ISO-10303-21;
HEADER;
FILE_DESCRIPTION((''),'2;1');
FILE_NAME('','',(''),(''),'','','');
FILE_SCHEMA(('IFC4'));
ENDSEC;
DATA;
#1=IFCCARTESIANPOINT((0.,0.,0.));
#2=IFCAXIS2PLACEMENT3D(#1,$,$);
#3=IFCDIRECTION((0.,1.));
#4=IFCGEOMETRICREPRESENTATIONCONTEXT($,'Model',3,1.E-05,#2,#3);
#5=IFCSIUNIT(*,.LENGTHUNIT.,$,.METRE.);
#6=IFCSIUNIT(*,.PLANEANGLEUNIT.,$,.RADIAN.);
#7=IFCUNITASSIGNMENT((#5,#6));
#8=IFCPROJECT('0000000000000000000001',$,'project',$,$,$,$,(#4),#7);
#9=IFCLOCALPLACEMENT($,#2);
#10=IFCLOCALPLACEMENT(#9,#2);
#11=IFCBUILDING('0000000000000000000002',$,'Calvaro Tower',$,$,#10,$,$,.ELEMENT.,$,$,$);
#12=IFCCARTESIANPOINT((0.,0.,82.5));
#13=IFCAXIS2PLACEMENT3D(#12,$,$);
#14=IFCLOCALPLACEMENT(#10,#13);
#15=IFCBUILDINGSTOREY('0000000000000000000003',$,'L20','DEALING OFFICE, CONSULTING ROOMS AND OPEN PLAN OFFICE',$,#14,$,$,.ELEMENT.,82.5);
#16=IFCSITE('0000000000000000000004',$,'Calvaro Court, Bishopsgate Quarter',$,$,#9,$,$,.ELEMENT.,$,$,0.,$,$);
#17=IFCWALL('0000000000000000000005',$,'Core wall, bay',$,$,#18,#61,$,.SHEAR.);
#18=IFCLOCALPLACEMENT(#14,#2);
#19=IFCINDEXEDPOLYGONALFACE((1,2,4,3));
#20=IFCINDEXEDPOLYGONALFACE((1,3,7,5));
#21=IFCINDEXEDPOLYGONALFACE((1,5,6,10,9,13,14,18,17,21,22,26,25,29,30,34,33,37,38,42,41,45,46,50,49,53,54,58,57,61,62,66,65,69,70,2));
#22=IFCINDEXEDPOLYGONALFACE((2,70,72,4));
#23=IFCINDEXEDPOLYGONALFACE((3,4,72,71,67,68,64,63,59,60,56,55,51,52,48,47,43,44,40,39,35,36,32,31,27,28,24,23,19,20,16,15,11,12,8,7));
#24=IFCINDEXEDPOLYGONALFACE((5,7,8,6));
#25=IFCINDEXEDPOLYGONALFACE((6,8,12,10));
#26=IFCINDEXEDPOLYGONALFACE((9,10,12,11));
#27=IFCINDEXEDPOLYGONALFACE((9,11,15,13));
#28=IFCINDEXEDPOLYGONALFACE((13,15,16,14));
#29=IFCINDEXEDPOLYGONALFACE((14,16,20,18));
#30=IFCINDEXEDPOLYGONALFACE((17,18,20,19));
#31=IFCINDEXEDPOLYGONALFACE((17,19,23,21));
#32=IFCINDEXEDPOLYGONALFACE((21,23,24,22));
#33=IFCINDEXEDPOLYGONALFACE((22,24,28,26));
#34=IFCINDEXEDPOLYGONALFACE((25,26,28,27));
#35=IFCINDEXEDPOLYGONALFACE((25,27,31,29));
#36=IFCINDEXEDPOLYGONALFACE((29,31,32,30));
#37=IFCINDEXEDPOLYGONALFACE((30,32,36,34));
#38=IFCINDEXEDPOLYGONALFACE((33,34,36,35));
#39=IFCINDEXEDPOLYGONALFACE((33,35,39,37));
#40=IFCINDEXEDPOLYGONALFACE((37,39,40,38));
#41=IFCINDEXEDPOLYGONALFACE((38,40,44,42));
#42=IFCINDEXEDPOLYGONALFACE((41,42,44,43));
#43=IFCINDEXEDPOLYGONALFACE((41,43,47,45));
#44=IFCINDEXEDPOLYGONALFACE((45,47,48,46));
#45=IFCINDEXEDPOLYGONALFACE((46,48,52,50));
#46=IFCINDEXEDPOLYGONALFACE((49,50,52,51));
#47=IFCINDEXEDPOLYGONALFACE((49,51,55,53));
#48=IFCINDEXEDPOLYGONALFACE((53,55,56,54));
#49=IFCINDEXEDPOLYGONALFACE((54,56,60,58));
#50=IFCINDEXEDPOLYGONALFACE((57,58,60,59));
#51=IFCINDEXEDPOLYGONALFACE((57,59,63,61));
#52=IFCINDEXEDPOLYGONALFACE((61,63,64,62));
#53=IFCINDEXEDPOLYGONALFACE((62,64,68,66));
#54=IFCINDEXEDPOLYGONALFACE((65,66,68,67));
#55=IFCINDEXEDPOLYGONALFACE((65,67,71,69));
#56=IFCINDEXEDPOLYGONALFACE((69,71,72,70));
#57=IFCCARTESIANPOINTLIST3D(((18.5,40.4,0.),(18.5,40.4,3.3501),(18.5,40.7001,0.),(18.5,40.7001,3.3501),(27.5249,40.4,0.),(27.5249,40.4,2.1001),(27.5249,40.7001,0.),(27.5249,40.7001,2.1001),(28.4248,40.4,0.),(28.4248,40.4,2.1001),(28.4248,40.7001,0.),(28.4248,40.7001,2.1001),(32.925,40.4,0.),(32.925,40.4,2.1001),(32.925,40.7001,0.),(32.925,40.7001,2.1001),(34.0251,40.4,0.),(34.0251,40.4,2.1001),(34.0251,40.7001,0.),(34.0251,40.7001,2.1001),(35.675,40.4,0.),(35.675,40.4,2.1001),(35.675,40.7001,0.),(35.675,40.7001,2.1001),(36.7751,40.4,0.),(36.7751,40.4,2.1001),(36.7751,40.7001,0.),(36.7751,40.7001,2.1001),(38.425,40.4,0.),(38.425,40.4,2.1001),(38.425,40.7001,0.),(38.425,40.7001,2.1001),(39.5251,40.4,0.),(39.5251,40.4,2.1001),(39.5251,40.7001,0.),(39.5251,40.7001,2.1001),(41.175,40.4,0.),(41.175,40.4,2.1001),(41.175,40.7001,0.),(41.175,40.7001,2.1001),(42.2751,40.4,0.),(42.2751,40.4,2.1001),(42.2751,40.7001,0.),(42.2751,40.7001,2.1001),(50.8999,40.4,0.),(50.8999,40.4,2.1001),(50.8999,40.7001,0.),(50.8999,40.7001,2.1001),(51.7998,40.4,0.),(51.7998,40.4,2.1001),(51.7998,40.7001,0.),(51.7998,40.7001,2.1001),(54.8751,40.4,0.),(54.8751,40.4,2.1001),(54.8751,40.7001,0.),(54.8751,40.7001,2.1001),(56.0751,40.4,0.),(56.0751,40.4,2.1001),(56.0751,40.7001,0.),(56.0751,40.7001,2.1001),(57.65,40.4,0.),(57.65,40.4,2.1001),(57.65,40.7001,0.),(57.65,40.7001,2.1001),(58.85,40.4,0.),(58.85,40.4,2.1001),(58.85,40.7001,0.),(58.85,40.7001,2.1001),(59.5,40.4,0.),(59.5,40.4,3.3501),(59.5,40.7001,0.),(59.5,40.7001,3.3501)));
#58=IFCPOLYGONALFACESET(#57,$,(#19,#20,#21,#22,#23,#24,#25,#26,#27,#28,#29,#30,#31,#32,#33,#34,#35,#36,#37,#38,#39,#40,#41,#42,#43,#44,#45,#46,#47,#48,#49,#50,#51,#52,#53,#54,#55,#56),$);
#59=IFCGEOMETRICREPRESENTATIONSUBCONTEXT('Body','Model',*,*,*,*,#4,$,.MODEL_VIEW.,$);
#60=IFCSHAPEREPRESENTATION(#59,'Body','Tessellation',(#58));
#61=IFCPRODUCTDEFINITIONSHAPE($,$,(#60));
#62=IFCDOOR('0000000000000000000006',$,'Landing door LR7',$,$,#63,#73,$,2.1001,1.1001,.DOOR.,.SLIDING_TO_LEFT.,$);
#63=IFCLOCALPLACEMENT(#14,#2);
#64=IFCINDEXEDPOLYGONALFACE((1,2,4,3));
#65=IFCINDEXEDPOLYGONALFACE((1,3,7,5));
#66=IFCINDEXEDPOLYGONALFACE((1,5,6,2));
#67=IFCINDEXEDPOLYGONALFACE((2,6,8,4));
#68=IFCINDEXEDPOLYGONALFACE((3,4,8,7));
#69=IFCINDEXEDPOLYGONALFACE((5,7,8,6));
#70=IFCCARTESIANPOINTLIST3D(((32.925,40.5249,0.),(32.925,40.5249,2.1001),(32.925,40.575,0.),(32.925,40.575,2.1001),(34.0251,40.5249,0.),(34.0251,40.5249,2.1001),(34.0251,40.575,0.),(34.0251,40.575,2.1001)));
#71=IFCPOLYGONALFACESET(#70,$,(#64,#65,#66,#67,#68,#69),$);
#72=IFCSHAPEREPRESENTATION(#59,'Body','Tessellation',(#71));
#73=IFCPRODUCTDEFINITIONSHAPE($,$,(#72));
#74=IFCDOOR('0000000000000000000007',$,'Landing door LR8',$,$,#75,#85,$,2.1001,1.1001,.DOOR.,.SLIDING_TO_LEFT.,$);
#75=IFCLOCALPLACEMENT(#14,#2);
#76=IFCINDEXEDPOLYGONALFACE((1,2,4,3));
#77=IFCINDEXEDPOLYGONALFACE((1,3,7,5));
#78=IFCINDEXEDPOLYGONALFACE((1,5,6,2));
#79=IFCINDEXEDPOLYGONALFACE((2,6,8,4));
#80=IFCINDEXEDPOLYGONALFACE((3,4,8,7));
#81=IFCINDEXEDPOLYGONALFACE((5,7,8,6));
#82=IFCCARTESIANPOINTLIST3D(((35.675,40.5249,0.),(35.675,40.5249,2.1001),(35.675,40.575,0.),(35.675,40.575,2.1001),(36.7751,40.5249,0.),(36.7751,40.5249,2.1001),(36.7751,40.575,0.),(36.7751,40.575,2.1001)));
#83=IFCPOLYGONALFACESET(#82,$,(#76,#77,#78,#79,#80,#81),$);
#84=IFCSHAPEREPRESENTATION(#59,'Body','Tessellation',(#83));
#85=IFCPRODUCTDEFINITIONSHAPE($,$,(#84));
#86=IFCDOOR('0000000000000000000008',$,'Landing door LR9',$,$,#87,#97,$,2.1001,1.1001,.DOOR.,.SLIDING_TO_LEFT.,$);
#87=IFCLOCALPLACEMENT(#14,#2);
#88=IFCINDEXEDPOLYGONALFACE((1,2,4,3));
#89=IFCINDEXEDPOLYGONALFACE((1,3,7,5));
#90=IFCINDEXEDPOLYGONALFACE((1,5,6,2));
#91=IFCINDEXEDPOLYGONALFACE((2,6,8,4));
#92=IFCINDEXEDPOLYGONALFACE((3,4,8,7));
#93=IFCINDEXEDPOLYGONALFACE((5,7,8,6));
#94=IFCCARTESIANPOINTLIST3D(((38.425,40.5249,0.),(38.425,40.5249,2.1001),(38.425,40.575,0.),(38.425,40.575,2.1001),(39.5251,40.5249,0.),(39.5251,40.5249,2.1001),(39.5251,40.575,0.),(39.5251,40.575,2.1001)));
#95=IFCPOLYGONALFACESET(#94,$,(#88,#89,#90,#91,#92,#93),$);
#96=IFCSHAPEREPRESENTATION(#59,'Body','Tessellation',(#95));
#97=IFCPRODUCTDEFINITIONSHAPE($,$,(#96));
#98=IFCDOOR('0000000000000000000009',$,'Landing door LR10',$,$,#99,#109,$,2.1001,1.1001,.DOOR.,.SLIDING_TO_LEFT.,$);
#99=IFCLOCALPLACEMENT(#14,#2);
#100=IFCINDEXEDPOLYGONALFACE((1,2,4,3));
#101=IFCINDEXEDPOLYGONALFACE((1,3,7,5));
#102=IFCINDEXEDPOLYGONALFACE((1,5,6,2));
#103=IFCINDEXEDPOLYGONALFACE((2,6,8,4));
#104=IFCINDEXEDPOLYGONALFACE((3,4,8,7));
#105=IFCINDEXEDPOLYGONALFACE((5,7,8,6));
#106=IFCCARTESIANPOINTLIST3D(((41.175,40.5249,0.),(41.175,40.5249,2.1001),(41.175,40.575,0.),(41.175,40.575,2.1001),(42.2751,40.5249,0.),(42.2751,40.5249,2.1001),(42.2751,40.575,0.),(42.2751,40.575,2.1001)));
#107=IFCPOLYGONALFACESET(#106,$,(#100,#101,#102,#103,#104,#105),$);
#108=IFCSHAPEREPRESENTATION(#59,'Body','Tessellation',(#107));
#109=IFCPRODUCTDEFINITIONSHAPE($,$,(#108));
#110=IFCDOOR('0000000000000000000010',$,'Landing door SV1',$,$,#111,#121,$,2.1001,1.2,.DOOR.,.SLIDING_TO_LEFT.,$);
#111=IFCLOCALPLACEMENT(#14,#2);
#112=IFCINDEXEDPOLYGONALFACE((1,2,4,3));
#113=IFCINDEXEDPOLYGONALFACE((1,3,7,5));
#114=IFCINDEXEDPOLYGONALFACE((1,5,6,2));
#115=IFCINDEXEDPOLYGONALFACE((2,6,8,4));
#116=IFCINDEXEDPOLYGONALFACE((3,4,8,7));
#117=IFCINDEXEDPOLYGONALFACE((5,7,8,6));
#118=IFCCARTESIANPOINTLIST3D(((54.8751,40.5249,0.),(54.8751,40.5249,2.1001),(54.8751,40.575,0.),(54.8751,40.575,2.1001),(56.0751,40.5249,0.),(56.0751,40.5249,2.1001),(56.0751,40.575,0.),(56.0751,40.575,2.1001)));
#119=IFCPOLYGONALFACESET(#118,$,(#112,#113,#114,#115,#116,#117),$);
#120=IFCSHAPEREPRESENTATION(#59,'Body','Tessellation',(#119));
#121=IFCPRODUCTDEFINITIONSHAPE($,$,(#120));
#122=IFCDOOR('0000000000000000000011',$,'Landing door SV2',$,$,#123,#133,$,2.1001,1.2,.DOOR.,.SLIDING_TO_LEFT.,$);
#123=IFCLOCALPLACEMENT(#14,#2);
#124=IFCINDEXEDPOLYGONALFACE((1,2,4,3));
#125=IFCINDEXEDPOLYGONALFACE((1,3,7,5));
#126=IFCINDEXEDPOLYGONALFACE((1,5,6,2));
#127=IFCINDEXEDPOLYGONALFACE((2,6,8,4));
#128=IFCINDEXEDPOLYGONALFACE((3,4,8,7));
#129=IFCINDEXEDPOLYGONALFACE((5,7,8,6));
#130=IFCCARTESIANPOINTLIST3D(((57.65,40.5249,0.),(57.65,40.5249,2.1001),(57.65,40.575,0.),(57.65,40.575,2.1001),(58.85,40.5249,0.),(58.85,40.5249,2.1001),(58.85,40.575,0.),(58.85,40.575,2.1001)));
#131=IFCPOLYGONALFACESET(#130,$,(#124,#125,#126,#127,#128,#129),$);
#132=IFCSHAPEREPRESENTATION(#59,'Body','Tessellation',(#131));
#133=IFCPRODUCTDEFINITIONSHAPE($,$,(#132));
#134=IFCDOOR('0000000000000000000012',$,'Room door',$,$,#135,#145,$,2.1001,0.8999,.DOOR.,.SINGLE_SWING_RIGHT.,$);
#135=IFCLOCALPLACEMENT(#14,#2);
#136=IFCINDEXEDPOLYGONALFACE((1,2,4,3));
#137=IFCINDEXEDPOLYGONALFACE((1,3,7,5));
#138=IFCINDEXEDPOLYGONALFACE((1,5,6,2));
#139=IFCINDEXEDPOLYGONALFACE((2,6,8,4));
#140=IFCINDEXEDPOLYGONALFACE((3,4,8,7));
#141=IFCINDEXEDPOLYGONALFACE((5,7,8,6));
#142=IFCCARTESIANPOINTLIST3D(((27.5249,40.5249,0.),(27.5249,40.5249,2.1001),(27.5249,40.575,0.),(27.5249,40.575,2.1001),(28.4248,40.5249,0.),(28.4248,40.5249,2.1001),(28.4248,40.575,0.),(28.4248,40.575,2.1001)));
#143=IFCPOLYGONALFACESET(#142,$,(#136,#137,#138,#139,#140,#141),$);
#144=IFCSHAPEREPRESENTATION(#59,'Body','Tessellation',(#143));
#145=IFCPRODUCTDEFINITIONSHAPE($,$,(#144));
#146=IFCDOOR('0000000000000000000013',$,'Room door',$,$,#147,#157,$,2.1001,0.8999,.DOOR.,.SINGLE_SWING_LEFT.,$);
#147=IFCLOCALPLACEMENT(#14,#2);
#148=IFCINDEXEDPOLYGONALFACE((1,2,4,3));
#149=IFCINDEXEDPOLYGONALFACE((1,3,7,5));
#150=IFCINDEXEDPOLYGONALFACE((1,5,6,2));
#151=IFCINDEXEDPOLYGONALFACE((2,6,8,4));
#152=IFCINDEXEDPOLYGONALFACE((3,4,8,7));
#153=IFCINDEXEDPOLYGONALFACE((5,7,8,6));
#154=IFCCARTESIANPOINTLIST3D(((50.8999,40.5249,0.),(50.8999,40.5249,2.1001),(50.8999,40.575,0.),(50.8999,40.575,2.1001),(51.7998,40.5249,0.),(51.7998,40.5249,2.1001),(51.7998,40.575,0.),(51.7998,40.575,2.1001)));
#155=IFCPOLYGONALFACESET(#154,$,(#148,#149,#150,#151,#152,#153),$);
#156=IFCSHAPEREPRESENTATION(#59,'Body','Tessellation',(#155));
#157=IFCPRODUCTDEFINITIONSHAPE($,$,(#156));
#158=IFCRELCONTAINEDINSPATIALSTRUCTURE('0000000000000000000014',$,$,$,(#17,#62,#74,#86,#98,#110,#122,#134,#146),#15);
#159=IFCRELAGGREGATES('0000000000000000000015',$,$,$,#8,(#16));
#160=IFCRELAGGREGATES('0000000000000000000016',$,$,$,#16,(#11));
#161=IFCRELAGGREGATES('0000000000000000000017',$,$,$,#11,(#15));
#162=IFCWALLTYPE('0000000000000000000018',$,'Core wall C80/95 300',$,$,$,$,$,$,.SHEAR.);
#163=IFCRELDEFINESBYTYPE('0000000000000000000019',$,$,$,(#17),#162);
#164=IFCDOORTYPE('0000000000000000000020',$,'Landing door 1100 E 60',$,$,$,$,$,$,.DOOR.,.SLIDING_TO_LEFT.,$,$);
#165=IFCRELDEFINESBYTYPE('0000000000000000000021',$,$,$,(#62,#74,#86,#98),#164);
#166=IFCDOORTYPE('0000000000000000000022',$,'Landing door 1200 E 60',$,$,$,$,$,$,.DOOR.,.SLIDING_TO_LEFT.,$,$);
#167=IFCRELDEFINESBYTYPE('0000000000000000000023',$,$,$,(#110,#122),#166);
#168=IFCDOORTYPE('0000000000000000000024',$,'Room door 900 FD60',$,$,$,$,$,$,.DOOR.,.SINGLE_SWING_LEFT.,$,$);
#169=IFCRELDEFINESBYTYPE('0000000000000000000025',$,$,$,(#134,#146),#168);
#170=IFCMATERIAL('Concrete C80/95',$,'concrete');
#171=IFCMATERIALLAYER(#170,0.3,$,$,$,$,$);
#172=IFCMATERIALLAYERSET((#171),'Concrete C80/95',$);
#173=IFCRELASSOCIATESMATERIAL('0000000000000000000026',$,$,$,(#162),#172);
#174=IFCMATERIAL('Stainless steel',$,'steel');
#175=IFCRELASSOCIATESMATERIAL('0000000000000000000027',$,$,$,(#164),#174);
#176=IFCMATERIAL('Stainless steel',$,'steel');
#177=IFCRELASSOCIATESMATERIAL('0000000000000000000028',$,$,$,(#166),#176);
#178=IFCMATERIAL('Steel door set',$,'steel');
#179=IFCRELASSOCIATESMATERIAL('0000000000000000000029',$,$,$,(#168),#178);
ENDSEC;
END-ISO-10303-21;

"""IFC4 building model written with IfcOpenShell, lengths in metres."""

from ifc_helpers import new_model, si_unit, direction, frame, frame_2d, origin, place, context, subcontext, project, spatial, rectangle, extrude, material, layer, layer_set, type_object, element, fill, save


model = new_model("IFC4")

# Units and contexts
model_context = context("Model", 3, precision=1e-05, world=origin(), true_north=direction((0.0, 1.0)))
body_context = subcontext(model_context, "Body", "Model", "MODEL_VIEW")
ifc_project = project(units=[si_unit("LENGTHUNIT", "METRE"), si_unit("PLANEANGLEUNIT", "RADIAN")], contexts=[model_context])

# Site, building, storey
site_placement = place(None, origin())
site = spatial("IfcSite", under=ifc_project, at=site_placement, Name="Calvaro Court, Bishopsgate Quarter", CompositionType="ELEMENT", RefElevation=0.0)
building_placement = place(site_placement, origin())
building = spatial("IfcBuilding", under=site, at=building_placement, Name="Calvaro Tower", CompositionType="ELEMENT")
storey_placement = place(building_placement, frame((0.0, 0.0, 82.5)))
storey = spatial("IfcBuildingStorey", under=building, at=storey_placement, Name="L20", Description="DEALING OFFICE, CONSULTING ROOMS AND OPEN PLAN OFFICE", CompositionType="ELEMENT", Elevation=82.5)

# Shared definitions
ifc_material_1 = material(Name="Concrete C80/95", Category="concrete")
ifc_layer_1 = layer(ifc_material_1, 0.3)
ifc_layer_set_1 = layer_set([ifc_layer_1], Name="Concrete C80/95")
wall_type_1 = type_object("IfcWallType", Name="Core wall C80/95 300", PredefinedType="SHEAR", material=ifc_layer_set_1)
ifc_material_2 = material(Name="Stainless steel", Category="steel")
door_type_1 = type_object("IfcDoorType", Name="Landing door 1100 E 60", OperationType="SLIDING_TO_LEFT", PredefinedType="DOOR", material=ifc_material_2)

# Wall, openings, doors
wall_1_placement = place(storey_placement, frame((18.5, 40.55, 0.0), z_axis=(0.0, 0.0, 1.0), x_axis=(1.0, 0.0, 0.0)))
wall_1 = element("IfcWall", 1, at=wall_1_placement, inside=storey, type_object=wall_type_1, Name="Core wall, bay", PredefinedType="SHEAR", context=body_context, shape_type="SweptSolid", body=[
    extrude(rectangle(XDim=41.0, YDim=0.3, at=frame_2d((20.5, 0.0))), origin(), (0.0, 0.0, 1.0), 3.3501),
])
opening_1_placement = place(wall_1_placement, frame((9.0249, 0.0, 0.0)))
opening_1 = element("IfcOpeningElement", 2, at=opening_1_placement, cuts=wall_1, PredefinedType="OPENING", context=body_context, shape_type="SweptSolid", body=[
    extrude(rectangle(XDim=0.8999, YDim=2.1001, at=frame_2d((0.45, 1.05))), frame((0.0, 0.1599, 0.0), z_axis=(0.0, -1.0, 0.0), x_axis=(1.0, 0.0, 0.0)), (0.0, 0.0, 1.0), 0.3201),
])
opening_2_placement = place(wall_1_placement, frame((32.3999, 0.0, 0.0)))
opening_2 = element("IfcOpeningElement", 3, at=opening_2_placement, cuts=wall_1, PredefinedType="OPENING", context=body_context, shape_type="SweptSolid", body=[
    extrude(rectangle(XDim=0.8999, YDim=2.1001, at=frame_2d((0.45, 1.05))), frame((0.0, 0.1599, 0.0), z_axis=(0.0, -1.0, 0.0), x_axis=(1.0, 0.0, 0.0)), (0.0, 0.0, 1.0), 0.3201),
])
opening_3_placement = place(wall_1_placement, frame((14.425, 0.0, 0.0)))
opening_3 = element("IfcOpeningElement", 4, at=opening_3_placement, cuts=wall_1, PredefinedType="OPENING", context=body_context, shape_type="SweptSolid", body=[
    extrude(rectangle(XDim=1.1001, YDim=2.1001, at=frame_2d((0.55, 1.05))), frame((0.0, 0.1599, 0.0), z_axis=(0.0, -1.0, 0.0), x_axis=(1.0, 0.0, 0.0)), (0.0, 0.0, 1.0), 0.3201),
])
opening_4_placement = place(wall_1_placement, frame((17.175, 0.0, 0.0)))
opening_4 = element("IfcOpeningElement", 5, at=opening_4_placement, cuts=wall_1, PredefinedType="OPENING", context=body_context, shape_type="SweptSolid", body=[
    extrude(rectangle(XDim=1.1001, YDim=2.1001, at=frame_2d((0.55, 1.05))), frame((0.0, 0.1599, 0.0), z_axis=(0.0, -1.0, 0.0), x_axis=(1.0, 0.0, 0.0)), (0.0, 0.0, 1.0), 0.3201),
])
opening_5_placement = place(wall_1_placement, frame((19.925, 0.0, 0.0)))
opening_5 = element("IfcOpeningElement", 6, at=opening_5_placement, cuts=wall_1, PredefinedType="OPENING", context=body_context, shape_type="SweptSolid", body=[
    extrude(rectangle(XDim=1.1001, YDim=2.1001, at=frame_2d((0.55, 1.05))), frame((0.0, 0.1599, 0.0), z_axis=(0.0, -1.0, 0.0), x_axis=(1.0, 0.0, 0.0)), (0.0, 0.0, 1.0), 0.3201),
])
opening_6_placement = place(wall_1_placement, frame((22.675, 0.0, 0.0)))
opening_6 = element("IfcOpeningElement", 7, at=opening_6_placement, cuts=wall_1, PredefinedType="OPENING", context=body_context, shape_type="SweptSolid", body=[
    extrude(rectangle(XDim=1.1001, YDim=2.1001, at=frame_2d((0.55, 1.05))), frame((0.0, 0.1599, 0.0), z_axis=(0.0, -1.0, 0.0), x_axis=(1.0, 0.0, 0.0)), (0.0, 0.0, 1.0), 0.3201),
])
opening_7_placement = place(wall_1_placement, frame((36.375, 0.0, 0.0)))
opening_7 = element("IfcOpeningElement", 8, at=opening_7_placement, cuts=wall_1, PredefinedType="OPENING", context=body_context, shape_type="SweptSolid", body=[
    extrude(rectangle(XDim=1.2, YDim=2.1001, at=frame_2d((0.6001, 1.05))), frame((0.0, 0.1599, 0.0), z_axis=(0.0, -1.0, 0.0), x_axis=(1.0, 0.0, 0.0)), (0.0, 0.0, 1.0), 0.3201),
])
opening_8_placement = place(wall_1_placement, frame((39.1499, 0.0, 0.0)))
opening_8 = element("IfcOpeningElement", 9, at=opening_8_placement, cuts=wall_1, PredefinedType="OPENING", context=body_context, shape_type="SweptSolid", body=[
    extrude(rectangle(XDim=1.2, YDim=2.1001, at=frame_2d((0.6001, 1.05))), frame((0.0, 0.1599, 0.0), z_axis=(0.0, -1.0, 0.0), x_axis=(1.0, 0.0, 0.0)), (0.0, 0.0, 1.0), 0.3201),
])
door_1_placement = place(opening_3_placement, origin())
door_1 = element("IfcDoor", 10, at=door_1_placement, inside=storey, type_object=door_type_1, Name="Landing door LR7", OperationType="SLIDING_TO_LEFT", OverallHeight=2.1001, OverallWidth=1.1001, PredefinedType="DOOR", context=body_context, shape_type="SweptSolid", body=[
    extrude(rectangle(XDim=1.1001, YDim=2.1001, at=frame_2d((0.55, 1.05))), frame((0.0, 0.0249, 0.0), z_axis=(0.0, -1.0, 0.0), x_axis=(1.0, 0.0, 0.0)), (0.0, 0.0, 1.0), 0.05),
])
fill(opening_3, door_1)
door_2_placement = place(opening_4_placement, origin())
door_2 = element("IfcDoor", 11, at=door_2_placement, inside=storey, type_object=door_type_1, Name="Landing door LR8", OperationType="SLIDING_TO_LEFT", OverallHeight=2.1001, OverallWidth=1.1001, PredefinedType="DOOR", context=body_context, shape_type="SweptSolid", body=[
    extrude(rectangle(XDim=1.1001, YDim=2.1001, at=frame_2d((0.55, 1.05))), frame((0.0, 0.0249, 0.0), z_axis=(0.0, -1.0, 0.0), x_axis=(1.0, 0.0, 0.0)), (0.0, 0.0, 1.0), 0.05),
])
fill(opening_4, door_2)
door_3_placement = place(opening_5_placement, origin())
door_3 = element("IfcDoor", 12, at=door_3_placement, inside=storey, type_object=door_type_1, Name="Landing door LR9", OperationType="SLIDING_TO_LEFT", OverallHeight=2.1001, OverallWidth=1.1001, PredefinedType="DOOR", context=body_context, shape_type="SweptSolid", body=[
    extrude(rectangle(XDim=1.1001, YDim=2.1001, at=frame_2d((0.55, 1.05))), frame((0.0, 0.0249, 0.0), z_axis=(0.0, -1.0, 0.0), x_axis=(1.0, 0.0, 0.0)), (0.0, 0.0, 1.0), 0.05),
])
fill(opening_5, door_3)
door_4_placement = place(opening_6_placement, origin())
door_4 = element("IfcDoor", 13, at=door_4_placement, inside=storey, type_object=door_type_1, Name="Landing door LR10", OperationType="SLIDING_TO_LEFT", OverallHeight=2.1001, OverallWidth=1.1001, PredefinedType="DOOR", context=body_context, shape_type="SweptSolid", body=[
    extrude(rectangle(XDim=1.1001, YDim=2.1001, at=frame_2d((0.55, 1.05))), frame((0.0, 0.0249, 0.0), z_axis=(0.0, -1.0, 0.0), x_axis=(1.0, 0.0, 0.0)), (0.0, 0.0, 1.0), 0.05),
])
fill(opening_6, door_4)
ifc_material_3 = material(Name="Stainless steel", Category="steel")
door_type_2 = type_object("IfcDoorType", Name="Landing door 1200 E 60", OperationType="SLIDING_TO_LEFT", PredefinedType="DOOR", material=ifc_material_3)
door_5_placement = place(opening_7_placement, origin())
door_5 = element("IfcDoor", 14, at=door_5_placement, inside=storey, type_object=door_type_2, Name="Landing door SV1", OperationType="SLIDING_TO_LEFT", OverallHeight=2.1001, OverallWidth=1.2, PredefinedType="DOOR", context=body_context, shape_type="SweptSolid", body=[
    extrude(rectangle(XDim=1.2, YDim=2.1001, at=frame_2d((0.6001, 1.05))), frame((0.0, 0.0249, 0.0), z_axis=(0.0, -1.0, 0.0), x_axis=(1.0, 0.0, 0.0)), (0.0, 0.0, 1.0), 0.05),
])
fill(opening_7, door_5)
door_6_placement = place(opening_8_placement, origin())
door_6 = element("IfcDoor", 15, at=door_6_placement, inside=storey, type_object=door_type_2, Name="Landing door SV2", OperationType="SLIDING_TO_LEFT", OverallHeight=2.1001, OverallWidth=1.2, PredefinedType="DOOR", context=body_context, shape_type="SweptSolid", body=[
    extrude(rectangle(XDim=1.2, YDim=2.1001, at=frame_2d((0.6001, 1.05))), frame((0.0, 0.0249, 0.0), z_axis=(0.0, -1.0, 0.0), x_axis=(1.0, 0.0, 0.0)), (0.0, 0.0, 1.0), 0.05),
])
fill(opening_8, door_6)
ifc_material_4 = material(Name="Steel door set", Category="steel")
door_type_3 = type_object("IfcDoorType", Name="Room door 900 FD60", OperationType="SINGLE_SWING_LEFT", PredefinedType="DOOR", material=ifc_material_4)
door_7_placement = place(opening_1_placement, origin())
door_7 = element("IfcDoor", 16, at=door_7_placement, inside=storey, type_object=door_type_3, Name="Room door", OperationType="SINGLE_SWING_RIGHT", OverallHeight=2.1001, OverallWidth=0.8999, PredefinedType="DOOR", context=body_context, shape_type="SweptSolid", body=[
    extrude(rectangle(XDim=0.8999, YDim=2.1001, at=frame_2d((0.45, 1.05))), frame((0.0, 0.0249, 0.0), z_axis=(0.0, -1.0, 0.0), x_axis=(1.0, 0.0, 0.0)), (0.0, 0.0, 1.0), 0.05),
])
fill(opening_1, door_7)
door_8_placement = place(opening_2_placement, origin())
door_8 = element("IfcDoor", 17, at=door_8_placement, inside=storey, type_object=door_type_3, Name="Room door", OperationType="SINGLE_SWING_LEFT", OverallHeight=2.1001, OverallWidth=0.8999, PredefinedType="DOOR", context=body_context, shape_type="SweptSolid", body=[
    extrude(rectangle(XDim=0.8999, YDim=2.1001, at=frame_2d((0.45, 1.05))), frame((0.0, 0.0249, 0.0), z_axis=(0.0, -1.0, 0.0), x_axis=(1.0, 0.0, 0.0)), (0.0, 0.0, 1.0), 0.05),
])
fill(opening_2, door_8)

save(model, "model.ifc")
